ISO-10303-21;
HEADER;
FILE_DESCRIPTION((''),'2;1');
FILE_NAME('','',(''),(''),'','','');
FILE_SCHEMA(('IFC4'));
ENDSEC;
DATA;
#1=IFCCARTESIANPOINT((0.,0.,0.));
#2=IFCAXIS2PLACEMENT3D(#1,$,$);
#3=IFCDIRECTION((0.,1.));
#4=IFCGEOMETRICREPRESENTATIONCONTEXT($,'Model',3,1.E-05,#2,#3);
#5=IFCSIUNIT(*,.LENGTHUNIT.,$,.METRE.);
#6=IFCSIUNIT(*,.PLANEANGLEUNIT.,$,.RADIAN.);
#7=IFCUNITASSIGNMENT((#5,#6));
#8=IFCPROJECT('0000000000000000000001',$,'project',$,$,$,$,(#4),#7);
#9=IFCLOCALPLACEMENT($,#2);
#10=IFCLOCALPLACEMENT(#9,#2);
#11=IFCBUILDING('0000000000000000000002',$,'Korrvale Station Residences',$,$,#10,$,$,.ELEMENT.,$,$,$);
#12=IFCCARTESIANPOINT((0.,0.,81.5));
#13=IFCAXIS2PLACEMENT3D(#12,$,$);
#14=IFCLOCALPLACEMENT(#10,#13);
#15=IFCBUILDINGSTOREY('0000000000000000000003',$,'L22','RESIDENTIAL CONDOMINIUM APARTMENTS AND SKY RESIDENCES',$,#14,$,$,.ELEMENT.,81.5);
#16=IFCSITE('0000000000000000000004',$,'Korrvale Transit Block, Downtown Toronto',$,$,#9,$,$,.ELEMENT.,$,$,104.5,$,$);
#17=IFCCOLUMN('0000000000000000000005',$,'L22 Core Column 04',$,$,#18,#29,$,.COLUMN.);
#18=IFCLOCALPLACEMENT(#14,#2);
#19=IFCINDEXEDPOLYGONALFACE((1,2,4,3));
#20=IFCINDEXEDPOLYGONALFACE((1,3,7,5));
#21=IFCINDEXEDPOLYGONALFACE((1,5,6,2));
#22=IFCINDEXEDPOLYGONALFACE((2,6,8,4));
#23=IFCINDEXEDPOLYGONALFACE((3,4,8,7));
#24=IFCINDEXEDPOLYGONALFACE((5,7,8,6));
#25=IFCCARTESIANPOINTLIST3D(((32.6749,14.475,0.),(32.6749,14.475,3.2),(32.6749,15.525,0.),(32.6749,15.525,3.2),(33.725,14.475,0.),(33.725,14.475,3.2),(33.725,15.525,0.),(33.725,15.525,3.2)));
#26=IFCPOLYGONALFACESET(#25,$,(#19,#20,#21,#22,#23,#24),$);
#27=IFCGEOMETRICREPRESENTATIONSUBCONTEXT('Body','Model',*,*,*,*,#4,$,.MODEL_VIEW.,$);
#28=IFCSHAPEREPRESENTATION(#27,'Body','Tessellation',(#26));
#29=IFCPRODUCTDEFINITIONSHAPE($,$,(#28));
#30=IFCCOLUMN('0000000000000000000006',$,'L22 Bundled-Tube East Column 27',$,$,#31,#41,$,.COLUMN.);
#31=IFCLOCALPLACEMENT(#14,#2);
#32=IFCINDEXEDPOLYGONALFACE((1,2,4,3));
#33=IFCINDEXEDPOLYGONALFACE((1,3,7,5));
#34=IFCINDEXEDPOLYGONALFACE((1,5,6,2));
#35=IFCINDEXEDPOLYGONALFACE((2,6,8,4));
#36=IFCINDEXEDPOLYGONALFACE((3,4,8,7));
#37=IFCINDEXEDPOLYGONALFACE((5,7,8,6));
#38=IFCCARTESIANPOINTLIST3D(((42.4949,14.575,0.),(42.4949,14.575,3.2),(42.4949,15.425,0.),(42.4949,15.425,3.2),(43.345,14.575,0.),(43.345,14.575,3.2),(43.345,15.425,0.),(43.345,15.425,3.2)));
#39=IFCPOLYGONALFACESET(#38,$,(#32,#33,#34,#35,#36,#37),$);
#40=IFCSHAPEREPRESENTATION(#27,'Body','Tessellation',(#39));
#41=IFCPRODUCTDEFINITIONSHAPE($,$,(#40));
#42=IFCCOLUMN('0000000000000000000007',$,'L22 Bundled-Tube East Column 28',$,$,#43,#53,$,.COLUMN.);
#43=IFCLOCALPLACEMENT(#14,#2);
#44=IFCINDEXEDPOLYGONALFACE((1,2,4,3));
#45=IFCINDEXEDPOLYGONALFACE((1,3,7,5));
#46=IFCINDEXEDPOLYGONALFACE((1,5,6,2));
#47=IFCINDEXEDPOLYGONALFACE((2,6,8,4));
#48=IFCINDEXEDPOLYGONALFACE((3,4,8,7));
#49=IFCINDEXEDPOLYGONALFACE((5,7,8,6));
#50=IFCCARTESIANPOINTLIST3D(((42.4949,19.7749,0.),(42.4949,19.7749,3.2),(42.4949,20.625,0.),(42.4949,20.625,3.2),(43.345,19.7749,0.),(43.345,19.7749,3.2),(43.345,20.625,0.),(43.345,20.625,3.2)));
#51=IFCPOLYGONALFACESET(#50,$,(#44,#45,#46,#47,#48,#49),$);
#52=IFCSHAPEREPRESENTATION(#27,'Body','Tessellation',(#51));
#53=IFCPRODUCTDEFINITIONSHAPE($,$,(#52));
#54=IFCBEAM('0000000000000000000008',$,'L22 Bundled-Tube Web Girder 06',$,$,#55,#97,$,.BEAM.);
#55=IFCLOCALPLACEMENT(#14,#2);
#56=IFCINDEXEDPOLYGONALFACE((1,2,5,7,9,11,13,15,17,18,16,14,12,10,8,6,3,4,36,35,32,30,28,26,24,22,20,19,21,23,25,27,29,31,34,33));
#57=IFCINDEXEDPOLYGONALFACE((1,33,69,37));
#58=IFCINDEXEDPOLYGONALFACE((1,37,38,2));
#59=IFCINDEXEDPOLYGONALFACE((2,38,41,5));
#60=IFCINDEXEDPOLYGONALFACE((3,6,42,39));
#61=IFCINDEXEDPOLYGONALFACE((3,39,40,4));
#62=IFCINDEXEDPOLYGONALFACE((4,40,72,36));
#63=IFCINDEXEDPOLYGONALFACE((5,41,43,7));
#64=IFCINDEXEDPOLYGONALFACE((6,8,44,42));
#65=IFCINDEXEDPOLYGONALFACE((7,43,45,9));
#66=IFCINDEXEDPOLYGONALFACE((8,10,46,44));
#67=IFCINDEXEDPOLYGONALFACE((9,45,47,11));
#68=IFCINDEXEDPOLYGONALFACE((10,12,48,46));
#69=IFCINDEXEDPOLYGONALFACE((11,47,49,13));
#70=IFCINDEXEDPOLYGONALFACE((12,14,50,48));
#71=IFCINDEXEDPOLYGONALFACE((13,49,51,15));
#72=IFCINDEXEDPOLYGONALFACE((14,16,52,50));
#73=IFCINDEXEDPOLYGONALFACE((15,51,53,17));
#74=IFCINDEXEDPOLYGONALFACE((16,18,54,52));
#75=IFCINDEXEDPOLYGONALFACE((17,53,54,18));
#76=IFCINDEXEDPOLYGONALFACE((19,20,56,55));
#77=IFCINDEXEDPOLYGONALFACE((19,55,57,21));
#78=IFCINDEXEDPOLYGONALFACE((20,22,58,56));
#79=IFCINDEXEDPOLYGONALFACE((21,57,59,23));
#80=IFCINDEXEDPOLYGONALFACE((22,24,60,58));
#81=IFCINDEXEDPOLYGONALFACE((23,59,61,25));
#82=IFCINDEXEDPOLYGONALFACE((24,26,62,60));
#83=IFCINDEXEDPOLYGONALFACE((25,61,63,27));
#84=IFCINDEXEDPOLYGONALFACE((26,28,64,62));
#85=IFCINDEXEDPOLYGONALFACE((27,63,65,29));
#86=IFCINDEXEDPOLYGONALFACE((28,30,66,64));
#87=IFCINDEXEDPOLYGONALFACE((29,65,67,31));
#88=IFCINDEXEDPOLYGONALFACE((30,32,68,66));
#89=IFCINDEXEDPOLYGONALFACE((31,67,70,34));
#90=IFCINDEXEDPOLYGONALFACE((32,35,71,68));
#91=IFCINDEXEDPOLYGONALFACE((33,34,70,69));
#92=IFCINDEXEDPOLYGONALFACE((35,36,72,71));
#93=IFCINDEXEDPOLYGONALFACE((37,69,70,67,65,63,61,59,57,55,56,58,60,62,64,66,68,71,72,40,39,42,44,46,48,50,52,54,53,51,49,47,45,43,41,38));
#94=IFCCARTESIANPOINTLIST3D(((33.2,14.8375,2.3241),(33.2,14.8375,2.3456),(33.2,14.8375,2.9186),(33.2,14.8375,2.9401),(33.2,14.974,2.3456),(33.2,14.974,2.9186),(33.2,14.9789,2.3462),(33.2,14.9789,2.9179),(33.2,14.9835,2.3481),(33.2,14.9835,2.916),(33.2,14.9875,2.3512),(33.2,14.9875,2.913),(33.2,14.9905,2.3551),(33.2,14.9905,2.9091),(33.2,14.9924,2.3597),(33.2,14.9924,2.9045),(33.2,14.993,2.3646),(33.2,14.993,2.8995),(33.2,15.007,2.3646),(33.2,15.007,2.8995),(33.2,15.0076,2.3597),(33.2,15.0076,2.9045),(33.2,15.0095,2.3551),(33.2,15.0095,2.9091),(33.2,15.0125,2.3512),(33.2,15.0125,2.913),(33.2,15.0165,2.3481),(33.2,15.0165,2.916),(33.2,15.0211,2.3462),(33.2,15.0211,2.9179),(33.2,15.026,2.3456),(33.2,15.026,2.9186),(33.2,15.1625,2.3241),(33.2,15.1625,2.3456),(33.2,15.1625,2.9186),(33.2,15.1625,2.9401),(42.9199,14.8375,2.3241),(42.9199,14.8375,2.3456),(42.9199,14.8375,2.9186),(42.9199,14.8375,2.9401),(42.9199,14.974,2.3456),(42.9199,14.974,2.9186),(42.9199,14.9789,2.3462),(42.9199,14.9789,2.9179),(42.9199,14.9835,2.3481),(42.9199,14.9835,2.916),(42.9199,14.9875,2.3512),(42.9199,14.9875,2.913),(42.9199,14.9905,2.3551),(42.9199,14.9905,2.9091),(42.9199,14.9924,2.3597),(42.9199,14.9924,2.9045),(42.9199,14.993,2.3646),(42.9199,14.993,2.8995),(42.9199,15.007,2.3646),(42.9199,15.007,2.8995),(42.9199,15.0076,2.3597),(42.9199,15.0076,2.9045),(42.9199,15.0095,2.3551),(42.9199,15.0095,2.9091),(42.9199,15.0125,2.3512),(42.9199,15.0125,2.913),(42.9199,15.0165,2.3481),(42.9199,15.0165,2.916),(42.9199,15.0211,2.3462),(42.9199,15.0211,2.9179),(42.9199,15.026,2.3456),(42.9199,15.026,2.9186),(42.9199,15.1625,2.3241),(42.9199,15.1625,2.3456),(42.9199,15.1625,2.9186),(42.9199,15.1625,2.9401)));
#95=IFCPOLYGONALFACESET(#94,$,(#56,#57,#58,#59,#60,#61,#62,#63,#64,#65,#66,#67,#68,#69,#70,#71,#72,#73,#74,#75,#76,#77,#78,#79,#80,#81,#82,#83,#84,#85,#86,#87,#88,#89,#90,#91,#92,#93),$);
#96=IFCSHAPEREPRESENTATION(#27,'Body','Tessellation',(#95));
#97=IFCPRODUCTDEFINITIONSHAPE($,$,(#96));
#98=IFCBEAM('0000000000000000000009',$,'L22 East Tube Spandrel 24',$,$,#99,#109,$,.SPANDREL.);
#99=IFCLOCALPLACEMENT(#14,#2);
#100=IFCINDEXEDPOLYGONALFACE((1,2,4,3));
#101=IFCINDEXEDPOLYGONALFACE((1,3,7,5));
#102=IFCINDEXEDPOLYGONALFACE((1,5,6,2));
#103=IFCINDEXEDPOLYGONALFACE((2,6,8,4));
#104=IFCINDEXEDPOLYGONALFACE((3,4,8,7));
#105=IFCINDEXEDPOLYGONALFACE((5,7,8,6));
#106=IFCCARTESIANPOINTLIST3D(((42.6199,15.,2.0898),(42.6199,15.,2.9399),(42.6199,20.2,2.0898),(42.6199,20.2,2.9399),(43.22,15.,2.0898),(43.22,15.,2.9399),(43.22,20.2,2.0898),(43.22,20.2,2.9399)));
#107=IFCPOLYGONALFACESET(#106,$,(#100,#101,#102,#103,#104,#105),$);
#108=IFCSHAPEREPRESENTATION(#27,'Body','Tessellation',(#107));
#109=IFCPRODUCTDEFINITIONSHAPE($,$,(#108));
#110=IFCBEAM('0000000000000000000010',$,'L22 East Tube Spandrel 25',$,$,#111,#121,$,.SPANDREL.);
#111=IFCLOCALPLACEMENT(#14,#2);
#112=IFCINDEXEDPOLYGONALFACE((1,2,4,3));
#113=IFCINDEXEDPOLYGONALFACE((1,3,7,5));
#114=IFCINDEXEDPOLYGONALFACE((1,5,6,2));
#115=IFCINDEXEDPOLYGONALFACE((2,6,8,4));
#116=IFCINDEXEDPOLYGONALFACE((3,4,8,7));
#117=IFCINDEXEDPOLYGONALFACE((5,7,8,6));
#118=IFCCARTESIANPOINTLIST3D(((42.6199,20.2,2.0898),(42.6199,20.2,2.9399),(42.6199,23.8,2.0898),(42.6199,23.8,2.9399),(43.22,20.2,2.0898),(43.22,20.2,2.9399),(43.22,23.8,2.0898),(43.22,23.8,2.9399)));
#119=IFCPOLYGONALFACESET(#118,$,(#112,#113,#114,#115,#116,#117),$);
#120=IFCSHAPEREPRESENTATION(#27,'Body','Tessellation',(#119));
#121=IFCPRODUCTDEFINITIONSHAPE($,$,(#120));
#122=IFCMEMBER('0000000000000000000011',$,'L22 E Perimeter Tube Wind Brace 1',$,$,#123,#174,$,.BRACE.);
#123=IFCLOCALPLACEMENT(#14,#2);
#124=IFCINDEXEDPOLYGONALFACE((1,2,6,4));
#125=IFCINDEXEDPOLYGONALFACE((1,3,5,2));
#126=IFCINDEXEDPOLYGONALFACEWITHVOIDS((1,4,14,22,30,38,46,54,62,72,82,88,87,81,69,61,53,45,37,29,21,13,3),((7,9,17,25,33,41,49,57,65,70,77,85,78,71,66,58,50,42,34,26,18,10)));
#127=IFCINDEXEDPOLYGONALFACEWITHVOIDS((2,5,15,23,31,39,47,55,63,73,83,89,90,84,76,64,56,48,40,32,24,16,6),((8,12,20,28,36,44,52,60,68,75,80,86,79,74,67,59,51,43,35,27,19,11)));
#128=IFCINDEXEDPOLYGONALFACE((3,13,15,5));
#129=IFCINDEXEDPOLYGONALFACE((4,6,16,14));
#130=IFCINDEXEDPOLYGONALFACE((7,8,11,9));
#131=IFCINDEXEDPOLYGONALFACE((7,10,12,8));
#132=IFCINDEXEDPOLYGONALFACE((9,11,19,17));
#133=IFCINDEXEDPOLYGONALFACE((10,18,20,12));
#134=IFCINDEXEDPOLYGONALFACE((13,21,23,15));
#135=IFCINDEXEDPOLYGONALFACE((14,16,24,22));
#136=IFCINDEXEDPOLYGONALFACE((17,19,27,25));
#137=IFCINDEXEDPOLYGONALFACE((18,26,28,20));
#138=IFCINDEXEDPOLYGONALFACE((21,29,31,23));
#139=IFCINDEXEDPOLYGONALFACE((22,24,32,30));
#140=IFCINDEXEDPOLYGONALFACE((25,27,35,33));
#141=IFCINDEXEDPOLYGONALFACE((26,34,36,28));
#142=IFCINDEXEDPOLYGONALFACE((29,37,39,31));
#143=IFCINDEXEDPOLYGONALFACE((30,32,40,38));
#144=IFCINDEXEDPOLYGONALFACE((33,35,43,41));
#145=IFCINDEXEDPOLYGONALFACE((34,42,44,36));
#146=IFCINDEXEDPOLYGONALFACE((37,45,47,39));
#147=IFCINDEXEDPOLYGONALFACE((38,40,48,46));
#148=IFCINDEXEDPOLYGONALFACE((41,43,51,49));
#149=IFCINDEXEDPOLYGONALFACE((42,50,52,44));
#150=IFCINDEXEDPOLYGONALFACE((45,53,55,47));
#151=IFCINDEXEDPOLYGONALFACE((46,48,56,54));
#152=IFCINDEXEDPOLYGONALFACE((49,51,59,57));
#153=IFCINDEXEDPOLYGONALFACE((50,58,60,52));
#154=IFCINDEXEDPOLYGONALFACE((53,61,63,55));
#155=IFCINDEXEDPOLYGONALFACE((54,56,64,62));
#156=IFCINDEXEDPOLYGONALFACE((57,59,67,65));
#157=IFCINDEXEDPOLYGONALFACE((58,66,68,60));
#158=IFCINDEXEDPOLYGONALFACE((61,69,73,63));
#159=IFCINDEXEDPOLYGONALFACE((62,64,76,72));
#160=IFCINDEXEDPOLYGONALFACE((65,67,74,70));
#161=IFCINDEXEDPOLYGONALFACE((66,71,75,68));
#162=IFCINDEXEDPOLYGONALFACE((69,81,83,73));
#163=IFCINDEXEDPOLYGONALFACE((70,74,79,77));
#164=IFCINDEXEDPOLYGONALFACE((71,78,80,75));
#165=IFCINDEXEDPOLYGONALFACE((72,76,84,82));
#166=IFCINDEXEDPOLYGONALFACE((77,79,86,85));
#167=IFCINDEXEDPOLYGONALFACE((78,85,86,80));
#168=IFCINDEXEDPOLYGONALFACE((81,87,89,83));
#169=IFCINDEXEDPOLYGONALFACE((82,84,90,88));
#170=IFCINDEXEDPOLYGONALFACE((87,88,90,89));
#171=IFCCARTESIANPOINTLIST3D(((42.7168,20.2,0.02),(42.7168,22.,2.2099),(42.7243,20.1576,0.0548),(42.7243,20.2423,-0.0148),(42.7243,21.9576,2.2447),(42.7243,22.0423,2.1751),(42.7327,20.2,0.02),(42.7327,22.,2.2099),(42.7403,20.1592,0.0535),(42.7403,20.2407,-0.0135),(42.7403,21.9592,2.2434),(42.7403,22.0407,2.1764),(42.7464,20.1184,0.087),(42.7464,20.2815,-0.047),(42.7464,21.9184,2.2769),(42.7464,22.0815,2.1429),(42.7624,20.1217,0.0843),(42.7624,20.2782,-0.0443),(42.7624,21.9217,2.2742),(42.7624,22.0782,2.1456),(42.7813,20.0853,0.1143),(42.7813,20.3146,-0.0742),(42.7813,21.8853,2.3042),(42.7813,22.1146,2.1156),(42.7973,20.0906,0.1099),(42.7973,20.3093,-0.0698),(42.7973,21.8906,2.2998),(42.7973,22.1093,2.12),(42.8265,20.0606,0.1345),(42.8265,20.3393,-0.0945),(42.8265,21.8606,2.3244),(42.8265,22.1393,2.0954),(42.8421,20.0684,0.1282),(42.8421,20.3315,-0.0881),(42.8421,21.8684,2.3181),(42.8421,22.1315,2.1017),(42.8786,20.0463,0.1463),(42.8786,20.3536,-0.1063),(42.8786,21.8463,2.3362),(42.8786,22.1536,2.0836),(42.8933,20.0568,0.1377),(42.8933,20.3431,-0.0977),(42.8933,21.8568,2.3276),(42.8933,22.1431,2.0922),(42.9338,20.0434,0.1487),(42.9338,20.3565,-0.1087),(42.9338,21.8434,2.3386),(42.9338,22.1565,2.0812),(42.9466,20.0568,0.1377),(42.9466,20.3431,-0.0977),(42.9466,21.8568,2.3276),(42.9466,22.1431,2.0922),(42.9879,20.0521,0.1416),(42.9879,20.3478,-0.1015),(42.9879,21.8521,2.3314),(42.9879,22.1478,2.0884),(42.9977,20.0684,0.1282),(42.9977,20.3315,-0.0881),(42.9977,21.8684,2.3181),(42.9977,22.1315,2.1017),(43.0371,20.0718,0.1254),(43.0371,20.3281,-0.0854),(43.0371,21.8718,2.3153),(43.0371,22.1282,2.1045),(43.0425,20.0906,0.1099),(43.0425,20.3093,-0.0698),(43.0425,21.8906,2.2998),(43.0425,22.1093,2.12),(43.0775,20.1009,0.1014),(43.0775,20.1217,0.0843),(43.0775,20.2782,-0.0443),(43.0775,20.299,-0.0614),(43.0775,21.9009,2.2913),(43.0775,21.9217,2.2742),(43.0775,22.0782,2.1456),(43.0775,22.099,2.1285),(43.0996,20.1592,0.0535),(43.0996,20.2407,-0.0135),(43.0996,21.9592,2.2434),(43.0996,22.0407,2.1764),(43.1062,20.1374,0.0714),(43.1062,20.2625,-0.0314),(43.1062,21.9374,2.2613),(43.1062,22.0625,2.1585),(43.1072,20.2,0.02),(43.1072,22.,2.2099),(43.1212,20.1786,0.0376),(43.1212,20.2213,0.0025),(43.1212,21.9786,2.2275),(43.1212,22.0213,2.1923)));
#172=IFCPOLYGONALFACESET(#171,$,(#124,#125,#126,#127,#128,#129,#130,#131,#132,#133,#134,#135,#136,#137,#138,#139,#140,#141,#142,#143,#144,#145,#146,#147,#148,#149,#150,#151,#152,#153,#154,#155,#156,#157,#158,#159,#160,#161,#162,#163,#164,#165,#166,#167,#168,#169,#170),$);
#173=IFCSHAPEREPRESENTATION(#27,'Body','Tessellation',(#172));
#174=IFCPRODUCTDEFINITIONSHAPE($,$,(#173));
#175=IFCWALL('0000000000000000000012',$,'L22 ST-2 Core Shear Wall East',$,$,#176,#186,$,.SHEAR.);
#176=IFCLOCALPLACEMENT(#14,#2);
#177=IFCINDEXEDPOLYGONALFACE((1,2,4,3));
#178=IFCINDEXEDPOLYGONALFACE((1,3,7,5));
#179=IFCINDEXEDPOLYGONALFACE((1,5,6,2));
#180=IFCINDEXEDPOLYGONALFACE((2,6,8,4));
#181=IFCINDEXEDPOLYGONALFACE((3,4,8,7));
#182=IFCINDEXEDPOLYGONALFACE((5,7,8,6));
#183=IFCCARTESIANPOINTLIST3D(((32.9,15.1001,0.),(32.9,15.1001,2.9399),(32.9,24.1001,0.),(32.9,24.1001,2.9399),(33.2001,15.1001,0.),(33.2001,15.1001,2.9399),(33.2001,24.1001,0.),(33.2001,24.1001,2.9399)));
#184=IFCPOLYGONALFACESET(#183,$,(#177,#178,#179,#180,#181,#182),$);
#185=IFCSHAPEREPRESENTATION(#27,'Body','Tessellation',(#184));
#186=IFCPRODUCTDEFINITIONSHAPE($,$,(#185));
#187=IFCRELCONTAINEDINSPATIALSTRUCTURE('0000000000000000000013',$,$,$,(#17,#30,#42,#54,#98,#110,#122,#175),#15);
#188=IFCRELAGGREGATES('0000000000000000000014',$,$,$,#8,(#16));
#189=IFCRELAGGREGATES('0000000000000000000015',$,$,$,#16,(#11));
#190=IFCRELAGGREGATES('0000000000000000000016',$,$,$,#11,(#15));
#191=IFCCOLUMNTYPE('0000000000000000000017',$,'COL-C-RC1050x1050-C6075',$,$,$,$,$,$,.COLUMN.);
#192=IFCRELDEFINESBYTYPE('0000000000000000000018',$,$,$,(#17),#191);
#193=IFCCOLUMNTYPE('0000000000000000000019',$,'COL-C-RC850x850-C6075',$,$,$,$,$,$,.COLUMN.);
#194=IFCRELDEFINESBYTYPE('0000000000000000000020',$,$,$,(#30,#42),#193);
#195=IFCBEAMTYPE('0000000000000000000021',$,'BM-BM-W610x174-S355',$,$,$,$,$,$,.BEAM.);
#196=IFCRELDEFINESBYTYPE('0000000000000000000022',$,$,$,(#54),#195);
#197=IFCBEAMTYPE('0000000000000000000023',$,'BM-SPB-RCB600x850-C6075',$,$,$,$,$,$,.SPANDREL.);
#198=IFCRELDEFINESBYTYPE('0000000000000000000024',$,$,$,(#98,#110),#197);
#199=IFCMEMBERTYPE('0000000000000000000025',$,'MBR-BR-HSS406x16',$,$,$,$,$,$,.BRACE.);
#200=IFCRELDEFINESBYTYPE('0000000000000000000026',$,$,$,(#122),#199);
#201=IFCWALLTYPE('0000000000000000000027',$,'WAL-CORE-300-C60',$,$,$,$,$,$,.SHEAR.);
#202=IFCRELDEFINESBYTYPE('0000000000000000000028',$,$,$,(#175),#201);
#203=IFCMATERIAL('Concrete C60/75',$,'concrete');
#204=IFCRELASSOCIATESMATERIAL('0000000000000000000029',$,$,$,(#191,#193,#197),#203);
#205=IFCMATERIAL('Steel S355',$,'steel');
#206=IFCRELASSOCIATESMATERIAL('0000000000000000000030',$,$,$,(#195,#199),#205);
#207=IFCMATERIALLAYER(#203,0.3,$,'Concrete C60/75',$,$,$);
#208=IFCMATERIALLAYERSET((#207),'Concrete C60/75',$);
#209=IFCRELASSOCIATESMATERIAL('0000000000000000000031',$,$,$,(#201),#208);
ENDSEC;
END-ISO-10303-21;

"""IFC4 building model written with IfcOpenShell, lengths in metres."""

from ifc_helpers import new_model, si_unit, direction, frame, frame_2d, origin, origin_2d, place, context, subcontext, project, spatial, rectangle, hollow_circle, i_section, extrude, material, layer, layer_set, material_profile, profile_set, type_object, element, save


model = new_model("IFC4")

# Units and contexts
model_context = context("Model", 3, precision=1e-05, world=origin(), true_north=direction((0.0, 1.0)))
body_context = subcontext(model_context, "Body", "Model", "MODEL_VIEW")
ifc_project = project(units=[si_unit("LENGTHUNIT", "METRE"), si_unit("PLANEANGLEUNIT", "RADIAN")], contexts=[model_context])

# Site, building, storey
site_placement = place(None, origin())
site = spatial("IfcSite", under=ifc_project, at=site_placement, Name="Korrvale Transit Block, Downtown Toronto", CompositionType="ELEMENT", RefElevation=104.5)
building_placement = place(site_placement, origin())
building = spatial("IfcBuilding", under=site, at=building_placement, Name="Korrvale Station Residences", CompositionType="ELEMENT")
storey_placement = place(building_placement, frame((0.0, 0.0, 81.5)))
storey = spatial("IfcBuildingStorey", under=building, at=storey_placement, Name="L22", Description="RESIDENTIAL CONDOMINIUM APARTMENTS AND SKY RESIDENCES", CompositionType="ELEMENT", Elevation=81.5)

# Columns
ifc_material_1 = material(Name="Concrete C60/75", Category="concrete")
ifc_material_profile_1 = material_profile(ifc_material_1, rectangle(XDim=1.05, YDim=1.05, at=origin_2d()), Name="RC1050x1050")
ifc_profile_set_1 = profile_set([ifc_material_profile_1], Name="Concrete C60/75")
column_type_1 = type_object("IfcColumnType", Name="COL-C-RC1050x1050-C6075", PredefinedType="COLUMN", material=ifc_profile_set_1)
column_placement = place(storey_placement, frame((33.2, 15.0, 0.0), z_axis=(0.0, 0.0, 1.0), x_axis=(1.0, 0.0, 0.0)))
element("IfcColumn", 1, at=column_placement, inside=storey, type_object=column_type_1, Name="L22 Core Column 04", PredefinedType="COLUMN", context=body_context, shape_type="SweptSolid", body=[
    extrude(rectangle(XDim=1.05, YDim=1.05, at=origin_2d()), origin(), (0.0, 0.0, 1.0), 3.2),
])
ifc_material_profile_2 = material_profile(ifc_material_1, rectangle(XDim=0.8501, YDim=0.8501, at=origin_2d()), Name="RC850x850")
ifc_profile_set_2 = profile_set([ifc_material_profile_2], Name="Concrete C60/75")
column_type_2 = type_object("IfcColumnType", Name="COL-C-RC850x850-C6075", PredefinedType="COLUMN", material=ifc_profile_set_2)
for number, where, z_axis, x_axis, name in (
    (2, (42.9199, 15.0, 0.0), (0.0, 0.0, 1.0), (1.0, 0.0, 0.0), "L22 Bundled-Tube East Column 27"),
    (3, (42.9199, 20.2, 0.0), (0.0, 0.0, 1.0), (1.0, 0.0, 0.0), "L22 Bundled-Tube East Column 28"),
):
    element("IfcColumn", number, at=place(storey_placement, frame(where, z_axis=z_axis, x_axis=x_axis)), inside=storey, type_object=column_type_2, Name=name, PredefinedType="COLUMN", context=body_context, shape_type="SweptSolid", body=[
        extrude(rectangle(XDim=0.8501, YDim=0.8501, at=origin_2d()), origin(), (0.0, 0.0, 1.0), 3.2),
    ])

# Beams
ifc_material_2 = material(Name="Steel S355", Category="steel")
ifc_material_profile_3 = material_profile(ifc_material_2, i_section(OverallWidth=0.325, OverallDepth=0.616, WebThickness=0.0139, FlangeThickness=0.0215, FilletRadius=0.019, at=origin_2d()), Name="W610x174")
ifc_profile_set_3 = profile_set([ifc_material_profile_3], Name="Steel S355")
beam_type_1 = type_object("IfcBeamType", Name="BM-BM-W610x174-S355", PredefinedType="BEAM", material=ifc_profile_set_3)
beam_1_placement = place(storey_placement, frame((33.2, 15.0, 2.6321), z_axis=(1.0, 0.0, 0.0), x_axis=(0.0, 1.0, 0.0)))
element("IfcBeam", 4, at=beam_1_placement, inside=storey, type_object=beam_type_1, Name="L22 Bundled-Tube Web Girder 06", PredefinedType="BEAM", context=body_context, shape_type="SweptSolid", body=[
    extrude(i_section(OverallWidth=0.325, OverallDepth=0.616, WebThickness=0.0139, FlangeThickness=0.0215, FilletRadius=0.019, at=origin_2d()), origin(), (0.0, 0.0, 1.0), 9.72),
])
ifc_material_profile_4 = material_profile(ifc_material_1, rectangle(XDim=0.6001, YDim=0.8501, at=origin_2d()), Name="RCB600x850")
ifc_profile_set_4 = profile_set([ifc_material_profile_4], Name="Concrete C60/75")
beam_type_2 = type_object("IfcBeamType", Name="BM-SPB-RCB600x850-C6075", PredefinedType="SPANDREL", material=ifc_profile_set_4)
beam_2_placement = place(storey_placement, frame((42.9199, 15.0, 2.5149), z_axis=(0.0, 1.0, 0.0), x_axis=(-1.0, 0.0, 0.0)))
element("IfcBeam", 5, at=beam_2_placement, inside=storey, type_object=beam_type_2, Name="L22 East Tube Spandrel 24", PredefinedType="SPANDREL", context=body_context, shape_type="SweptSolid", body=[
    extrude(rectangle(XDim=0.6001, YDim=0.8501, at=origin_2d()), origin(), (0.0, 0.0, 1.0), 5.2),
])
beam_3_placement = place(storey_placement, frame((42.9199, 20.2, 2.5149), z_axis=(0.0, 1.0, 0.0), x_axis=(-1.0, 0.0, 0.0)))
element("IfcBeam", 6, at=beam_3_placement, inside=storey, type_object=beam_type_2, Name="L22 East Tube Spandrel 25", PredefinedType="SPANDREL", context=body_context, shape_type="SweptSolid", body=[
    extrude(rectangle(XDim=0.6001, YDim=0.8501, at=origin_2d()), origin(), (0.0, 0.0, 1.0), 3.6001),
])

# Member
ifc_material_profile_5 = material_profile(ifc_material_2, hollow_circle(Radius=0.2031, WallThickness=0.0159, at=origin_2d()), Name="HSS406x16")
ifc_profile_set_5 = profile_set([ifc_material_profile_5], Name="Steel S355")
member_type = type_object("IfcMemberType", Name="MBR-BR-HSS406x16", PredefinedType="BRACE", material=ifc_profile_set_5)
member_placement = place(storey_placement, frame((42.9199, 20.2, 0.02), z_axis=(0.0, 0.634985, 0.772524), x_axis=(-1.0, 0.0, 0.0)))
element("IfcMember", 7, at=member_placement, inside=storey, type_object=member_type, Name="L22 E Perimeter Tube Wind Brace 1", PredefinedType="BRACE", context=body_context, shape_type="SweptSolid", body=[
    extrude(hollow_circle(Radius=0.2031, WallThickness=0.0159, at=origin_2d()), origin(), (0.0, 0.0, 1.0), 2.8347),
])

# Wall
ifc_layer_1 = layer(ifc_material_1, 0.3, Name="Concrete C60/75")
ifc_layer_set_1 = layer_set([ifc_layer_1], Name="Concrete C60/75")
wall_type_1 = type_object("IfcWallType", Name="WAL-CORE-300-C60", PredefinedType="SHEAR", material=ifc_layer_set_1)
wall_1_placement = place(storey_placement, frame((33.05, 15.1001, 0.0), z_axis=(0.0, 0.0, 1.0), x_axis=(0.0, 1.0, 0.0)))
element("IfcWall", 8, at=wall_1_placement, inside=storey, type_object=wall_type_1, Name="L22 ST-2 Core Shear Wall East", PredefinedType="SHEAR", context=body_context, shape_type="SweptSolid", body=[
    extrude(rectangle(XDim=9.0, YDim=0.3, at=frame_2d((4.5, 0.0))), origin(), (0.0, 0.0, 1.0), 2.9399),
])

save(model, "model.ifc")
